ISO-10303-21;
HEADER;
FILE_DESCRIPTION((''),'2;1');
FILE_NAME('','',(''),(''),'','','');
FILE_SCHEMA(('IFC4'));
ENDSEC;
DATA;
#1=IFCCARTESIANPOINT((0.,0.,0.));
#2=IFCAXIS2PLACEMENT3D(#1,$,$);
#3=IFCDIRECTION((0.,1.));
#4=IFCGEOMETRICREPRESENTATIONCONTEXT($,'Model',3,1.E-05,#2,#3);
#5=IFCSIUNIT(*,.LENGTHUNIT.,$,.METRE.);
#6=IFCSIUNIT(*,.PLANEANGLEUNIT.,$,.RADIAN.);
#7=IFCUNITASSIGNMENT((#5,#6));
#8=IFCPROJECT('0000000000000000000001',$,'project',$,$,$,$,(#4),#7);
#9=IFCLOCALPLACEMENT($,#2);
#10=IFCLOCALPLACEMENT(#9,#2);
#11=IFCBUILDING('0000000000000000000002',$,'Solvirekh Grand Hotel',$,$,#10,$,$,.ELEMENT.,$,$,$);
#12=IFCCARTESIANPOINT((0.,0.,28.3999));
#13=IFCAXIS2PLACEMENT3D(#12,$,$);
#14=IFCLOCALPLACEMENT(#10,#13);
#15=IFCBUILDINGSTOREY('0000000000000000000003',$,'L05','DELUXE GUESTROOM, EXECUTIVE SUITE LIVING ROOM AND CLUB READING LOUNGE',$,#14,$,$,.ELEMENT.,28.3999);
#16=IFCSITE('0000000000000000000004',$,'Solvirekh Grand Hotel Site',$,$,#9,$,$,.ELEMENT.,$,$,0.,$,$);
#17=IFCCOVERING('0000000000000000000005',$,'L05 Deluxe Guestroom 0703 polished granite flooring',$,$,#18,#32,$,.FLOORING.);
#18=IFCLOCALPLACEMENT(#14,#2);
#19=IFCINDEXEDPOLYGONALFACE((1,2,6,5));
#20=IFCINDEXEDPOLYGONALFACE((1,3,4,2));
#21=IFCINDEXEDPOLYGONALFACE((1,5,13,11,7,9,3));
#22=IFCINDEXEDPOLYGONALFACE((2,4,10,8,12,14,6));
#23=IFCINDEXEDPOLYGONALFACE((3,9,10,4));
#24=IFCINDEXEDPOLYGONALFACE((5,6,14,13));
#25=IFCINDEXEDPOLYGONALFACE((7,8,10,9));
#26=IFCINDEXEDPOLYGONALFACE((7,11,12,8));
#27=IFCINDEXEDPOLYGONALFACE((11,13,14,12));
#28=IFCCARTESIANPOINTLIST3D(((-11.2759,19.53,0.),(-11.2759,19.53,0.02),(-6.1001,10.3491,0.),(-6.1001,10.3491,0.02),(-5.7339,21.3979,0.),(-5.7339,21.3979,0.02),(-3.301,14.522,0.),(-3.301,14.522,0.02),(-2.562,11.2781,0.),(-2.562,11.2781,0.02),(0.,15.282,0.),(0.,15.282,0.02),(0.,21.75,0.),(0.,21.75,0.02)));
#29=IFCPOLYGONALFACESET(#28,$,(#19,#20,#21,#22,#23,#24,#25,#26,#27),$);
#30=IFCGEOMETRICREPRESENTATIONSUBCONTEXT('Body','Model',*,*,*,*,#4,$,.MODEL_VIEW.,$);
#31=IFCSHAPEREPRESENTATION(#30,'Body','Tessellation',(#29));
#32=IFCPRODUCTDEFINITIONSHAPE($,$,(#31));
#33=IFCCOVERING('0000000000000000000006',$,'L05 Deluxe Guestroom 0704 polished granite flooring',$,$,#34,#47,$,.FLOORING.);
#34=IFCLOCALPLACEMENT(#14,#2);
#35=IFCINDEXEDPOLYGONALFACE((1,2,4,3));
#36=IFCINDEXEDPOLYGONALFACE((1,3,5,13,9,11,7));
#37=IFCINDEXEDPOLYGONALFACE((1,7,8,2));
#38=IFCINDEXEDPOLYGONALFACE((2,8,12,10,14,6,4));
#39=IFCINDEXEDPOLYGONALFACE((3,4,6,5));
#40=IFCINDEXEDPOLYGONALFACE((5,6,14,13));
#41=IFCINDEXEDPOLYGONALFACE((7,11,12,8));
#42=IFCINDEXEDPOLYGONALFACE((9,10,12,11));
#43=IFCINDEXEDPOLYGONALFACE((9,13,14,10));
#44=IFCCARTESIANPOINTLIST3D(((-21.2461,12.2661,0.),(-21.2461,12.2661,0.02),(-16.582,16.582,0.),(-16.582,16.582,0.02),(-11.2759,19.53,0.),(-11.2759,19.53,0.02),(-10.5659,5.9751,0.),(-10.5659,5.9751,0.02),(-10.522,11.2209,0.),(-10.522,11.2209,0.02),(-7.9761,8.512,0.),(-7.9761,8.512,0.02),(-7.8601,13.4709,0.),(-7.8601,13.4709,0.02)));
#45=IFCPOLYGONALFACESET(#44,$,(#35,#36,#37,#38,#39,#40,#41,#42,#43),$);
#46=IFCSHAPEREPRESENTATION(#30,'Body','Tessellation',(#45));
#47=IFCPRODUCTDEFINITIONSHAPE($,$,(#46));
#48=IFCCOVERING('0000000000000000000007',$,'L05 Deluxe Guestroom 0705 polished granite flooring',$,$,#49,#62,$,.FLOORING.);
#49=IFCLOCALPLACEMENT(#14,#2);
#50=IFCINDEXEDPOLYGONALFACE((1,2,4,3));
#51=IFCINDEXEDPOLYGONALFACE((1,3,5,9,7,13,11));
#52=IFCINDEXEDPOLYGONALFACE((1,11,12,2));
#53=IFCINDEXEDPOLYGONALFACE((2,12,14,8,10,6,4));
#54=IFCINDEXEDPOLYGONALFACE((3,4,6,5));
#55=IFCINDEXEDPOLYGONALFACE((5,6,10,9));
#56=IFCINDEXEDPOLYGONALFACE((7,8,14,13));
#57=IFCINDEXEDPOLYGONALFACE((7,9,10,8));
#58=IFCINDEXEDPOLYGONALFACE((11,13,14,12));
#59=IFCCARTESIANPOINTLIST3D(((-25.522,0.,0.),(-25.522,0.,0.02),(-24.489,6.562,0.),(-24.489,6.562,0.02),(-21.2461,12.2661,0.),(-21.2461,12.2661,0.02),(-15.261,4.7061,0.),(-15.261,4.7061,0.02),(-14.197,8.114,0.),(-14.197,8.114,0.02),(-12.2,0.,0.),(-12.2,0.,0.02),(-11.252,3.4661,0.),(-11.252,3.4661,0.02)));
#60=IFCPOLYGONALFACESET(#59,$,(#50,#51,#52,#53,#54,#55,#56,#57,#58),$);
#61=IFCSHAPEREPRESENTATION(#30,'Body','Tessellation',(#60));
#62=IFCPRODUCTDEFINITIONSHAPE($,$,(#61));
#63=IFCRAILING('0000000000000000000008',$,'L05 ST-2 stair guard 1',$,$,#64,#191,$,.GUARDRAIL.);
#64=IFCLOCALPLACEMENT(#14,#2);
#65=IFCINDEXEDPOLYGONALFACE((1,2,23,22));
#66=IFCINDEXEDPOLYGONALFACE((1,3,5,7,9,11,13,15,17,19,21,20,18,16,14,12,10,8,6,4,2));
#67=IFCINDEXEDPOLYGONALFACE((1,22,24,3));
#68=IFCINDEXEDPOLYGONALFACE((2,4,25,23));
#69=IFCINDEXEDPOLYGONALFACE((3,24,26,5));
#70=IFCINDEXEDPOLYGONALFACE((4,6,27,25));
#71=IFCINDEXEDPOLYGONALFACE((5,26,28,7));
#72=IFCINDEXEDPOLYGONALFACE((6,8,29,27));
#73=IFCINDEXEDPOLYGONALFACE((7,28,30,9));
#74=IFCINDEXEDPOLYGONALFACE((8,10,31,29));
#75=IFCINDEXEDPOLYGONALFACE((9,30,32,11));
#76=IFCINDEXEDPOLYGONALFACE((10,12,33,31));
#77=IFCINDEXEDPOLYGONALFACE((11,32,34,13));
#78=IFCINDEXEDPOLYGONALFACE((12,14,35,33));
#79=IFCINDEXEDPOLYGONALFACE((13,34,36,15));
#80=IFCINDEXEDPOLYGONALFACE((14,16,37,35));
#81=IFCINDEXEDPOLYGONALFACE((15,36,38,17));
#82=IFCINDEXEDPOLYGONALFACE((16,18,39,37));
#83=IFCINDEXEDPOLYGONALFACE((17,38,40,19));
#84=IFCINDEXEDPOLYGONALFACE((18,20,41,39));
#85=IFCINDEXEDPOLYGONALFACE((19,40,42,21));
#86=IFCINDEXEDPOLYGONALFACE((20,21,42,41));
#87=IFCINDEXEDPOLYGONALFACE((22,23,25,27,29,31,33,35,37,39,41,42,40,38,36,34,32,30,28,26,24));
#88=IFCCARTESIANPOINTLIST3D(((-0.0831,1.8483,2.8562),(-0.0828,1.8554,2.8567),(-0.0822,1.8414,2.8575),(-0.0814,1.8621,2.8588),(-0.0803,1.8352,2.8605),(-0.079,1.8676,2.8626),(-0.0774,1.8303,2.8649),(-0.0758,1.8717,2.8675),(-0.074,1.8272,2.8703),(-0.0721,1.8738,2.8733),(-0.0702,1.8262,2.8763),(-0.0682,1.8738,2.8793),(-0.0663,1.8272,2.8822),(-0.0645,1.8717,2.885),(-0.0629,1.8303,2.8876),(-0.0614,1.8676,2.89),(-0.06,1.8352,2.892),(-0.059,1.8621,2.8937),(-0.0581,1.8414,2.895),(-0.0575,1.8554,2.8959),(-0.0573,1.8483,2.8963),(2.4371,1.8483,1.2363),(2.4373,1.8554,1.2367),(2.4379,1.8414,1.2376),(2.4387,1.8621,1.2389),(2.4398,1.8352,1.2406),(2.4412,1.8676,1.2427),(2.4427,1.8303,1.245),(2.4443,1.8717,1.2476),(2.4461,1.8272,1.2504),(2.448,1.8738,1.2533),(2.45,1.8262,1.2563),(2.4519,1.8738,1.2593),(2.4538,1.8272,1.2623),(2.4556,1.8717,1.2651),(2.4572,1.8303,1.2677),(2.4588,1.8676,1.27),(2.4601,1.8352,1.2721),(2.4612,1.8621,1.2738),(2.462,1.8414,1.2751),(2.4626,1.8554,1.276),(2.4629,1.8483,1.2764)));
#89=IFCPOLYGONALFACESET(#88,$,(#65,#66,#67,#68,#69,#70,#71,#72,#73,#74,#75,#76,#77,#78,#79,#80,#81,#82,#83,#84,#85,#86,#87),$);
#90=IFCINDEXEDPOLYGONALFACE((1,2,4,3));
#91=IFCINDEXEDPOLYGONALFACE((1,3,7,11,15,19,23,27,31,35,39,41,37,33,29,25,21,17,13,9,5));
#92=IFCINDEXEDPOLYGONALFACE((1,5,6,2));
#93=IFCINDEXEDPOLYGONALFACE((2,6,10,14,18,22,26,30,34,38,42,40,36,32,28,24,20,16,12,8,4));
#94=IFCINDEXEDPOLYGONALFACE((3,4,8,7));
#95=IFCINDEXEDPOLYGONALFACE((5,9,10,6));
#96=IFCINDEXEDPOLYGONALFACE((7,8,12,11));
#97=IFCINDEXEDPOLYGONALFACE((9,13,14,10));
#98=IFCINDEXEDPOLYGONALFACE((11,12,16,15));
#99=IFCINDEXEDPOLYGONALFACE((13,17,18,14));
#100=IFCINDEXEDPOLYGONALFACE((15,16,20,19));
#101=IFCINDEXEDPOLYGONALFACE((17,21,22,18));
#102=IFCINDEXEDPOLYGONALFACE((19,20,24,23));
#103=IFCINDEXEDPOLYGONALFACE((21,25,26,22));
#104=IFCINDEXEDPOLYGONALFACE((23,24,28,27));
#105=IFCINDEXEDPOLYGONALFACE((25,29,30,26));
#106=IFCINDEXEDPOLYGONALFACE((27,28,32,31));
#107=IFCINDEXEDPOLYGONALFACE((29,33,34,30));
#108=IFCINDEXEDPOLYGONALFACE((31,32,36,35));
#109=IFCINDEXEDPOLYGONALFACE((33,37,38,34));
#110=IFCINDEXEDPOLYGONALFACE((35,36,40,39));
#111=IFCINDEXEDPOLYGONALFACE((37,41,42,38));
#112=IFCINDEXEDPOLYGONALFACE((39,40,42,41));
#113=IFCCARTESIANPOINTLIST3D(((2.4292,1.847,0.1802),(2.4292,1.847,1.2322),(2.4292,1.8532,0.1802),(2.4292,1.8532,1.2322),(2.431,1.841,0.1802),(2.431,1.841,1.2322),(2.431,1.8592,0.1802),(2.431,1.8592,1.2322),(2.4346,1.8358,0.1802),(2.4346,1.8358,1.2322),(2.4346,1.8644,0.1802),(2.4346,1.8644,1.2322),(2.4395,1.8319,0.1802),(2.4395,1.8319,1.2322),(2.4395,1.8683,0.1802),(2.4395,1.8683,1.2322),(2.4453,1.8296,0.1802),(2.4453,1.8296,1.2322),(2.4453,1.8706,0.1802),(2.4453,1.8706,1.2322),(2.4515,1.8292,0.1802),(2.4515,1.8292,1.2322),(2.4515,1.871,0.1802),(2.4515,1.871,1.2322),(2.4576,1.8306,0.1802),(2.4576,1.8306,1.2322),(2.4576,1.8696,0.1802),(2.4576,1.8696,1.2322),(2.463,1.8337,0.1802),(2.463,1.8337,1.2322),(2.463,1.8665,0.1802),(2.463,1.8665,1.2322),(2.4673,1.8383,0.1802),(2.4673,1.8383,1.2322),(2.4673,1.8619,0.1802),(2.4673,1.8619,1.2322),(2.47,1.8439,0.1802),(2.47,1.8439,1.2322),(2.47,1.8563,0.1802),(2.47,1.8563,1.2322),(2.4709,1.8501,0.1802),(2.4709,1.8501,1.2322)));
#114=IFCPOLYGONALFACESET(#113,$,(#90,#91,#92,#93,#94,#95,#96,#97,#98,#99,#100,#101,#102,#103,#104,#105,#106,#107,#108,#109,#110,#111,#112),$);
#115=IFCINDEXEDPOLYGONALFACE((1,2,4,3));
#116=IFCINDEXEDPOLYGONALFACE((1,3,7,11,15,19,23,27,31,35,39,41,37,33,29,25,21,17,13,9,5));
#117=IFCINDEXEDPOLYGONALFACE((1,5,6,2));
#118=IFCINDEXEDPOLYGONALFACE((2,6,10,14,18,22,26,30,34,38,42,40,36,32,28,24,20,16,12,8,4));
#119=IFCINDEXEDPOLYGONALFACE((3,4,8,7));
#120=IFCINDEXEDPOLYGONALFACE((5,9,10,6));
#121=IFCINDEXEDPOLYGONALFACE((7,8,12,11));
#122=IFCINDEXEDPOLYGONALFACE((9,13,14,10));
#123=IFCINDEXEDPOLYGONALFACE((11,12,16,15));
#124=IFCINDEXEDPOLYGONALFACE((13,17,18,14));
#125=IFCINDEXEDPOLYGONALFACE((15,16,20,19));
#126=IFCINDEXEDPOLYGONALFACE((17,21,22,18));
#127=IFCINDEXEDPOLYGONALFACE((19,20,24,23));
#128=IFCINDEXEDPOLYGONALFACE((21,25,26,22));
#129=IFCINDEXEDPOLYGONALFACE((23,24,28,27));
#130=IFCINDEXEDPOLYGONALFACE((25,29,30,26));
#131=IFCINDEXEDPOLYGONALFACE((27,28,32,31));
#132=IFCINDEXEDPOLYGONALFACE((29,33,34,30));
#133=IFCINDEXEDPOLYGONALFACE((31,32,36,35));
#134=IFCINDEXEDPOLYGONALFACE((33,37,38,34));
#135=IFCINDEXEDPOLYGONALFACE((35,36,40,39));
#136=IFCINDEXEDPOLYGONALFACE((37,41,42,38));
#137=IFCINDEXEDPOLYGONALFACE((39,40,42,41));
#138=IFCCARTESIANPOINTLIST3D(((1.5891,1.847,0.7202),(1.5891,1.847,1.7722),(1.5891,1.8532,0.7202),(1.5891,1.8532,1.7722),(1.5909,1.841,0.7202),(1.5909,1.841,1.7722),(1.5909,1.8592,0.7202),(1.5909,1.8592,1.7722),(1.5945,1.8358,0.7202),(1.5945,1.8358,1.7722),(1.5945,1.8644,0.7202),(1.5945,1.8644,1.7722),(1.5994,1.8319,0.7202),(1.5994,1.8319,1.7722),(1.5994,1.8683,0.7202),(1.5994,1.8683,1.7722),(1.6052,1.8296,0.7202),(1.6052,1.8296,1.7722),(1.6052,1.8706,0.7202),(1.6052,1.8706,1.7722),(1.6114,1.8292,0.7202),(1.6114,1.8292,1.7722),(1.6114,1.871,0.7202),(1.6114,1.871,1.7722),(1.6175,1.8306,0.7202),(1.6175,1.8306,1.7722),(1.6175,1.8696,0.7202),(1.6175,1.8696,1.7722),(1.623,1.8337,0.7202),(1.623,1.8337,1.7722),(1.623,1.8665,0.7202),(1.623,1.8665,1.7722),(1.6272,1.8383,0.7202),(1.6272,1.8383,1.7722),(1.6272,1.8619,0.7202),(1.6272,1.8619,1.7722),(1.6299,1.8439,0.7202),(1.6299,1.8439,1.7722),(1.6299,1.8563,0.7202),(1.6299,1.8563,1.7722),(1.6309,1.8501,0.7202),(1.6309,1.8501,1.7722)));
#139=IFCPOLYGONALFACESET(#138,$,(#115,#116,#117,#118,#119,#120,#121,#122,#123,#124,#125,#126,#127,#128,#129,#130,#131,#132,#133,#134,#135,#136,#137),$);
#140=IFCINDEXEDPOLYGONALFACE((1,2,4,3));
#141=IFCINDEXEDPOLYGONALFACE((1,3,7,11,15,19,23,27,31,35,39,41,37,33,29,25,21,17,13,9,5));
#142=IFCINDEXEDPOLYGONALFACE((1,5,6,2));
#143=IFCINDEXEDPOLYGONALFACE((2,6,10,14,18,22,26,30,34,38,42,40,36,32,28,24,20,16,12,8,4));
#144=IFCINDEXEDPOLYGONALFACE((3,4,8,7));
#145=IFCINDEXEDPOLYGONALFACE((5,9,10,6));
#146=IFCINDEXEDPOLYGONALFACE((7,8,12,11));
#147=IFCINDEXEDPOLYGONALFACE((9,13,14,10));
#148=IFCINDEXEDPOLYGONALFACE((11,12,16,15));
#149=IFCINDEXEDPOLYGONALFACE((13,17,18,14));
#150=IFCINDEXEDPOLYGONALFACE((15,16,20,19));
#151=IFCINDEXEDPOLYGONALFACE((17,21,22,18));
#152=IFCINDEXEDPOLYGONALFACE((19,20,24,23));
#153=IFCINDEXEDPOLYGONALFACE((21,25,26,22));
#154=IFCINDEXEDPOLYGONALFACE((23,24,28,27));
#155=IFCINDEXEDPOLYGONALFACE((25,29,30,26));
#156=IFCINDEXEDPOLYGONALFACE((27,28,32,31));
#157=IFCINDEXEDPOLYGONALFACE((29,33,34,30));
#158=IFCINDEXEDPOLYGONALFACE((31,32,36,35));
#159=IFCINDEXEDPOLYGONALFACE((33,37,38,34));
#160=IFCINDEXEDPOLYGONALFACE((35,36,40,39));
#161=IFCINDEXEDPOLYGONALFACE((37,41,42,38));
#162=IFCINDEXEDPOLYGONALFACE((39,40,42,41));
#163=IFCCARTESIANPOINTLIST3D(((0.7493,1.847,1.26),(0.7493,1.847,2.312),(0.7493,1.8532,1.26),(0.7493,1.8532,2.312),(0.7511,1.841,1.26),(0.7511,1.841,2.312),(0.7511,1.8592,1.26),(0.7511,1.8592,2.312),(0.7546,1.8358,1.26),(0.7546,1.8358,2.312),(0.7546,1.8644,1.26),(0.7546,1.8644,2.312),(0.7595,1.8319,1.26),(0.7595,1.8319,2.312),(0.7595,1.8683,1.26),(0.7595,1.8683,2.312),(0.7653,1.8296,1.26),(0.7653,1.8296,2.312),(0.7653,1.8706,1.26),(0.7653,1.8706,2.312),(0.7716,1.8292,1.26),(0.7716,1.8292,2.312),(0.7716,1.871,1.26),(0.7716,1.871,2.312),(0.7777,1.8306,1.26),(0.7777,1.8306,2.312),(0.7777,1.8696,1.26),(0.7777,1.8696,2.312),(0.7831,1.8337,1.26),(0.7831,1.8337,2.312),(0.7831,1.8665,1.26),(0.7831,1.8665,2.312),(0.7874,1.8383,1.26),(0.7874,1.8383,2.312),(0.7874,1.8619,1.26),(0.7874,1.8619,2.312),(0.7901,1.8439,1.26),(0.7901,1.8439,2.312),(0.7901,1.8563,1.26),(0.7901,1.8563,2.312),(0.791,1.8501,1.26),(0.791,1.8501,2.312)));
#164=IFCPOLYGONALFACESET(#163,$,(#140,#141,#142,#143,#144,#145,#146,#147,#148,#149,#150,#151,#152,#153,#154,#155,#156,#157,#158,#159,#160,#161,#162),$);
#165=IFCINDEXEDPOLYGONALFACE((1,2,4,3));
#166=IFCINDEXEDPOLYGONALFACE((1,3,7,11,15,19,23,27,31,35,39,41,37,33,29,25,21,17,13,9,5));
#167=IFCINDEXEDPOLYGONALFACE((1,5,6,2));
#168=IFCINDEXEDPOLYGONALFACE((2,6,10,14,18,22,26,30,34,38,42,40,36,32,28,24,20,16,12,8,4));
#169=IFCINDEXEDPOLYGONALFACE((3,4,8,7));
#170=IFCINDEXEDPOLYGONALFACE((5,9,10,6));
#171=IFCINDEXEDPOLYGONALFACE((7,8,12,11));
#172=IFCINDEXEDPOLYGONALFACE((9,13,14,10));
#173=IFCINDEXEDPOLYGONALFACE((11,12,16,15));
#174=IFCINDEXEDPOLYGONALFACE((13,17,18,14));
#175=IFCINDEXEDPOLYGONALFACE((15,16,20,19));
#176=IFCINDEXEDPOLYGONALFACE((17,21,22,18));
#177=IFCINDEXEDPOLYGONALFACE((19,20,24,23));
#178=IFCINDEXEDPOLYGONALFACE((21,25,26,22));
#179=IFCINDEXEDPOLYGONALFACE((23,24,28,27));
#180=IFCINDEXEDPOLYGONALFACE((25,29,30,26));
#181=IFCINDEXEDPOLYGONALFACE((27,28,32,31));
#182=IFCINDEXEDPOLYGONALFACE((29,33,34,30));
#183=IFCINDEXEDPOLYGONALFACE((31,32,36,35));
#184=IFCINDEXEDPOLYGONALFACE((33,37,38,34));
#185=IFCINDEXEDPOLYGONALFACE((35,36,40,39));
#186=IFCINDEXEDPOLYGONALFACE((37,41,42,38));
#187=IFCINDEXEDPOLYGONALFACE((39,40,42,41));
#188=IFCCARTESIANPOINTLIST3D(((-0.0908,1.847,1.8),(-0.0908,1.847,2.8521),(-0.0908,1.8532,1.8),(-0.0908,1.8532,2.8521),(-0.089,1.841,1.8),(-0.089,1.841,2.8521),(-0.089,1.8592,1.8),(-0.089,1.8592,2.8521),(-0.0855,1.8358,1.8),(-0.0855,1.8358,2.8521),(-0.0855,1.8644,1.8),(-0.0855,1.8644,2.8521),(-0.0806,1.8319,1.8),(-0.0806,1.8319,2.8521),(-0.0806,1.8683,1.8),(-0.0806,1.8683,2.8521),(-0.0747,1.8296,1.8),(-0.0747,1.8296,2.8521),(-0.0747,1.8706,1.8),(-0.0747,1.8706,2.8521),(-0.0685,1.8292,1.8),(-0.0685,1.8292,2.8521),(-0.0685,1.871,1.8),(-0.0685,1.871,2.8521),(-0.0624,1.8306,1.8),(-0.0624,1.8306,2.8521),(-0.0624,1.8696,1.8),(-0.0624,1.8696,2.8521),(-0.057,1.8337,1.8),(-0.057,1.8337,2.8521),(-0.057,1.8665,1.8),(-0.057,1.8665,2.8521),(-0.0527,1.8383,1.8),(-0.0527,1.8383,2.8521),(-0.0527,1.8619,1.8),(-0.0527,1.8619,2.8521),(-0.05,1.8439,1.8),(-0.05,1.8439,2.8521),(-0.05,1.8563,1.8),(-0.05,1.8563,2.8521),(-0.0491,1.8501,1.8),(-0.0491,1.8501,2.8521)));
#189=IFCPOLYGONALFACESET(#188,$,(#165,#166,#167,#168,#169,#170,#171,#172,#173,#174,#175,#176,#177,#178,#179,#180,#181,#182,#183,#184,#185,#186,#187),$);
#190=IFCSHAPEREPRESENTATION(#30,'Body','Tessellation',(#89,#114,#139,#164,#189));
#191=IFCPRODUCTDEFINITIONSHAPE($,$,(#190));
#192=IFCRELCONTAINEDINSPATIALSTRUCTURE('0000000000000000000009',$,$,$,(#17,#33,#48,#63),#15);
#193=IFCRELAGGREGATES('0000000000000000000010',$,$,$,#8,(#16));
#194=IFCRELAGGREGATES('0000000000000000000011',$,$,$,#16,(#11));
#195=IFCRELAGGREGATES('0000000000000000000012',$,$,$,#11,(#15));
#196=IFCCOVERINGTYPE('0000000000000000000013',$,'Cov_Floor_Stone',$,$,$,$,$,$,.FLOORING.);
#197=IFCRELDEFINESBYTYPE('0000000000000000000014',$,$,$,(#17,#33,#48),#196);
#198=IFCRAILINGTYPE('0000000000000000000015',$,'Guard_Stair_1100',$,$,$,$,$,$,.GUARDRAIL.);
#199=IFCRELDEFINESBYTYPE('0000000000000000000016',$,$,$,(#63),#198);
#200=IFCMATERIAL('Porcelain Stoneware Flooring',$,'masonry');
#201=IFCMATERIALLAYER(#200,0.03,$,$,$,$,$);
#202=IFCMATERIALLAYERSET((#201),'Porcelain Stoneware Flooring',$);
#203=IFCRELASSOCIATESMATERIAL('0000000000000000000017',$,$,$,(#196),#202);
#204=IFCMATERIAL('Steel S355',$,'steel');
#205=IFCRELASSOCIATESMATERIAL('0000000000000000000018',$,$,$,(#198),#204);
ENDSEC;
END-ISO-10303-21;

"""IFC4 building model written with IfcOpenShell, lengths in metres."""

from ifc_helpers import new_model, si_unit, direction, frame, origin, origin_2d, place, context, subcontext, project, spatial, polyline, circle, outline, extrude, material, layer, layer_set, type_object, element, save


model = new_model("IFC4")

# Units and contexts
model_context = context("Model", 3, precision=1e-05, world=origin(), true_north=direction((0.0, 1.0)))
body_context = subcontext(model_context, "Body", "Model", "MODEL_VIEW")
ifc_project = project(units=[si_unit("LENGTHUNIT", "METRE"), si_unit("PLANEANGLEUNIT", "RADIAN")], contexts=[model_context])

# Site, building, storey
site_placement = place(None, origin())
site = spatial("IfcSite", under=ifc_project, at=site_placement, Name="Solvirekh Grand Hotel Site", CompositionType="ELEMENT", RefElevation=0.0)
building_placement = place(site_placement, origin())
building = spatial("IfcBuilding", under=site, at=building_placement, Name="Solvirekh Grand Hotel", CompositionType="ELEMENT")
storey_placement = place(building_placement, frame((0.0, 0.0, 28.3999)))
storey = spatial("IfcBuildingStorey", under=building, at=storey_placement, Name="L05", Description="DELUXE GUESTROOM, EXECUTIVE SUITE LIVING ROOM AND CLUB READING LOUNGE", CompositionType="ELEMENT", Elevation=28.3999)

# Coverings
ifc_material_1 = material(Name="Porcelain Stoneware Flooring", Category="masonry")
ifc_layer_1 = layer(ifc_material_1, 0.03)
ifc_layer_set_1 = layer_set([ifc_layer_1], Name="Porcelain Stoneware Flooring")
covering_type_1 = type_object("IfcCoveringType", Name="Cov_Floor_Stone", PredefinedType="FLOORING", material=ifc_layer_set_1)
covering_1_placement = place(storey_placement, origin())
element("IfcCovering", 1, at=covering_1_placement, inside=storey, type_object=covering_type_1, Name="L05 Deluxe Guestroom 0703 polished granite flooring", PredefinedType="FLOORING", context=body_context, shape_type="SweptSolid", body=[
    extrude(outline(polyline([(-3.301, 14.522), (0.0, 15.282), (0.0, 21.75), (-5.7339, 21.3979), (-11.2759, 19.53), (-6.1001, 10.3491), (-2.562, 11.2781), (-3.301, 14.522)])), origin(), (0.0, 0.0, 1.0), 0.02),
])
covering_2_placement = place(storey_placement, origin())
element("IfcCovering", 2, at=covering_2_placement, inside=storey, type_object=covering_type_1, Name="L05 Deluxe Guestroom 0704 polished granite flooring", PredefinedType="FLOORING", context=body_context, shape_type="SweptSolid", body=[
    extrude(outline(polyline([(-10.522, 11.2209), (-7.8601, 13.4709), (-11.2759, 19.53), (-16.582, 16.582), (-21.2461, 12.2661), (-10.5659, 5.9751), (-7.9761, 8.512), (-10.522, 11.2209)])), origin(), (0.0, 0.0, 1.0), 0.02),
])
covering_3_placement = place(storey_placement, origin())
element("IfcCovering", 3, at=covering_3_placement, inside=storey, type_object=covering_type_1, Name="L05 Deluxe Guestroom 0705 polished granite flooring", PredefinedType="FLOORING", context=body_context, shape_type="SweptSolid", body=[
    extrude(outline(polyline([(-15.261, 4.7061), (-14.197, 8.114), (-21.2461, 12.2661), (-24.489, 6.562), (-25.522, 0.0), (-12.2, 0.0), (-11.252, 3.4661), (-15.261, 4.7061)])), origin(), (0.0, 0.0, 1.0), 0.02),
])

# Railing
ifc_material_2 = material(Name="Steel S355", Category="steel")
railing_type_1 = type_object("IfcRailingType", Name="Guard_Stair_1100", PredefinedType="GUARDRAIL", material=ifc_material_2)
railing_1_placement = place(storey_placement, frame((2.45, 1.8501, 0.1802)))
element("IfcRailing", 4, at=railing_1_placement, inside=storey, type_object=railing_type_1, Name="L05 ST-2 stair guard 1", PredefinedType="GUARDRAIL", context=body_context, shape_type="SweptSolid", body=[
    extrude(circle(Radius=0.0239, at=origin_2d()), frame((0.0, 0.0, 1.0762), z_axis=(-0.8412, 0.0, 0.540725), x_axis=(0.0, -1.0, 0.0)), (0.0, 0.0, 1.0), 2.9958),
    extrude(circle(Radius=0.021, at=origin_2d()), origin(), (0.0, 0.0, 1.0), 1.052),
    extrude(circle(Radius=0.021, at=origin_2d()), frame((-0.8401, 0.0, 0.54)), (0.0, 0.0, 1.0), 1.052),
    extrude(circle(Radius=0.021, at=origin_2d()), frame((-1.6799, 0.0, 1.0798)), (0.0, 0.0, 1.0), 1.052),
    extrude(circle(Radius=0.021, at=origin_2d()), frame((-2.52, 0.0, 1.6199)), (0.0, 0.0, 1.0), 1.052),
])

save(model, "model.ifc")
